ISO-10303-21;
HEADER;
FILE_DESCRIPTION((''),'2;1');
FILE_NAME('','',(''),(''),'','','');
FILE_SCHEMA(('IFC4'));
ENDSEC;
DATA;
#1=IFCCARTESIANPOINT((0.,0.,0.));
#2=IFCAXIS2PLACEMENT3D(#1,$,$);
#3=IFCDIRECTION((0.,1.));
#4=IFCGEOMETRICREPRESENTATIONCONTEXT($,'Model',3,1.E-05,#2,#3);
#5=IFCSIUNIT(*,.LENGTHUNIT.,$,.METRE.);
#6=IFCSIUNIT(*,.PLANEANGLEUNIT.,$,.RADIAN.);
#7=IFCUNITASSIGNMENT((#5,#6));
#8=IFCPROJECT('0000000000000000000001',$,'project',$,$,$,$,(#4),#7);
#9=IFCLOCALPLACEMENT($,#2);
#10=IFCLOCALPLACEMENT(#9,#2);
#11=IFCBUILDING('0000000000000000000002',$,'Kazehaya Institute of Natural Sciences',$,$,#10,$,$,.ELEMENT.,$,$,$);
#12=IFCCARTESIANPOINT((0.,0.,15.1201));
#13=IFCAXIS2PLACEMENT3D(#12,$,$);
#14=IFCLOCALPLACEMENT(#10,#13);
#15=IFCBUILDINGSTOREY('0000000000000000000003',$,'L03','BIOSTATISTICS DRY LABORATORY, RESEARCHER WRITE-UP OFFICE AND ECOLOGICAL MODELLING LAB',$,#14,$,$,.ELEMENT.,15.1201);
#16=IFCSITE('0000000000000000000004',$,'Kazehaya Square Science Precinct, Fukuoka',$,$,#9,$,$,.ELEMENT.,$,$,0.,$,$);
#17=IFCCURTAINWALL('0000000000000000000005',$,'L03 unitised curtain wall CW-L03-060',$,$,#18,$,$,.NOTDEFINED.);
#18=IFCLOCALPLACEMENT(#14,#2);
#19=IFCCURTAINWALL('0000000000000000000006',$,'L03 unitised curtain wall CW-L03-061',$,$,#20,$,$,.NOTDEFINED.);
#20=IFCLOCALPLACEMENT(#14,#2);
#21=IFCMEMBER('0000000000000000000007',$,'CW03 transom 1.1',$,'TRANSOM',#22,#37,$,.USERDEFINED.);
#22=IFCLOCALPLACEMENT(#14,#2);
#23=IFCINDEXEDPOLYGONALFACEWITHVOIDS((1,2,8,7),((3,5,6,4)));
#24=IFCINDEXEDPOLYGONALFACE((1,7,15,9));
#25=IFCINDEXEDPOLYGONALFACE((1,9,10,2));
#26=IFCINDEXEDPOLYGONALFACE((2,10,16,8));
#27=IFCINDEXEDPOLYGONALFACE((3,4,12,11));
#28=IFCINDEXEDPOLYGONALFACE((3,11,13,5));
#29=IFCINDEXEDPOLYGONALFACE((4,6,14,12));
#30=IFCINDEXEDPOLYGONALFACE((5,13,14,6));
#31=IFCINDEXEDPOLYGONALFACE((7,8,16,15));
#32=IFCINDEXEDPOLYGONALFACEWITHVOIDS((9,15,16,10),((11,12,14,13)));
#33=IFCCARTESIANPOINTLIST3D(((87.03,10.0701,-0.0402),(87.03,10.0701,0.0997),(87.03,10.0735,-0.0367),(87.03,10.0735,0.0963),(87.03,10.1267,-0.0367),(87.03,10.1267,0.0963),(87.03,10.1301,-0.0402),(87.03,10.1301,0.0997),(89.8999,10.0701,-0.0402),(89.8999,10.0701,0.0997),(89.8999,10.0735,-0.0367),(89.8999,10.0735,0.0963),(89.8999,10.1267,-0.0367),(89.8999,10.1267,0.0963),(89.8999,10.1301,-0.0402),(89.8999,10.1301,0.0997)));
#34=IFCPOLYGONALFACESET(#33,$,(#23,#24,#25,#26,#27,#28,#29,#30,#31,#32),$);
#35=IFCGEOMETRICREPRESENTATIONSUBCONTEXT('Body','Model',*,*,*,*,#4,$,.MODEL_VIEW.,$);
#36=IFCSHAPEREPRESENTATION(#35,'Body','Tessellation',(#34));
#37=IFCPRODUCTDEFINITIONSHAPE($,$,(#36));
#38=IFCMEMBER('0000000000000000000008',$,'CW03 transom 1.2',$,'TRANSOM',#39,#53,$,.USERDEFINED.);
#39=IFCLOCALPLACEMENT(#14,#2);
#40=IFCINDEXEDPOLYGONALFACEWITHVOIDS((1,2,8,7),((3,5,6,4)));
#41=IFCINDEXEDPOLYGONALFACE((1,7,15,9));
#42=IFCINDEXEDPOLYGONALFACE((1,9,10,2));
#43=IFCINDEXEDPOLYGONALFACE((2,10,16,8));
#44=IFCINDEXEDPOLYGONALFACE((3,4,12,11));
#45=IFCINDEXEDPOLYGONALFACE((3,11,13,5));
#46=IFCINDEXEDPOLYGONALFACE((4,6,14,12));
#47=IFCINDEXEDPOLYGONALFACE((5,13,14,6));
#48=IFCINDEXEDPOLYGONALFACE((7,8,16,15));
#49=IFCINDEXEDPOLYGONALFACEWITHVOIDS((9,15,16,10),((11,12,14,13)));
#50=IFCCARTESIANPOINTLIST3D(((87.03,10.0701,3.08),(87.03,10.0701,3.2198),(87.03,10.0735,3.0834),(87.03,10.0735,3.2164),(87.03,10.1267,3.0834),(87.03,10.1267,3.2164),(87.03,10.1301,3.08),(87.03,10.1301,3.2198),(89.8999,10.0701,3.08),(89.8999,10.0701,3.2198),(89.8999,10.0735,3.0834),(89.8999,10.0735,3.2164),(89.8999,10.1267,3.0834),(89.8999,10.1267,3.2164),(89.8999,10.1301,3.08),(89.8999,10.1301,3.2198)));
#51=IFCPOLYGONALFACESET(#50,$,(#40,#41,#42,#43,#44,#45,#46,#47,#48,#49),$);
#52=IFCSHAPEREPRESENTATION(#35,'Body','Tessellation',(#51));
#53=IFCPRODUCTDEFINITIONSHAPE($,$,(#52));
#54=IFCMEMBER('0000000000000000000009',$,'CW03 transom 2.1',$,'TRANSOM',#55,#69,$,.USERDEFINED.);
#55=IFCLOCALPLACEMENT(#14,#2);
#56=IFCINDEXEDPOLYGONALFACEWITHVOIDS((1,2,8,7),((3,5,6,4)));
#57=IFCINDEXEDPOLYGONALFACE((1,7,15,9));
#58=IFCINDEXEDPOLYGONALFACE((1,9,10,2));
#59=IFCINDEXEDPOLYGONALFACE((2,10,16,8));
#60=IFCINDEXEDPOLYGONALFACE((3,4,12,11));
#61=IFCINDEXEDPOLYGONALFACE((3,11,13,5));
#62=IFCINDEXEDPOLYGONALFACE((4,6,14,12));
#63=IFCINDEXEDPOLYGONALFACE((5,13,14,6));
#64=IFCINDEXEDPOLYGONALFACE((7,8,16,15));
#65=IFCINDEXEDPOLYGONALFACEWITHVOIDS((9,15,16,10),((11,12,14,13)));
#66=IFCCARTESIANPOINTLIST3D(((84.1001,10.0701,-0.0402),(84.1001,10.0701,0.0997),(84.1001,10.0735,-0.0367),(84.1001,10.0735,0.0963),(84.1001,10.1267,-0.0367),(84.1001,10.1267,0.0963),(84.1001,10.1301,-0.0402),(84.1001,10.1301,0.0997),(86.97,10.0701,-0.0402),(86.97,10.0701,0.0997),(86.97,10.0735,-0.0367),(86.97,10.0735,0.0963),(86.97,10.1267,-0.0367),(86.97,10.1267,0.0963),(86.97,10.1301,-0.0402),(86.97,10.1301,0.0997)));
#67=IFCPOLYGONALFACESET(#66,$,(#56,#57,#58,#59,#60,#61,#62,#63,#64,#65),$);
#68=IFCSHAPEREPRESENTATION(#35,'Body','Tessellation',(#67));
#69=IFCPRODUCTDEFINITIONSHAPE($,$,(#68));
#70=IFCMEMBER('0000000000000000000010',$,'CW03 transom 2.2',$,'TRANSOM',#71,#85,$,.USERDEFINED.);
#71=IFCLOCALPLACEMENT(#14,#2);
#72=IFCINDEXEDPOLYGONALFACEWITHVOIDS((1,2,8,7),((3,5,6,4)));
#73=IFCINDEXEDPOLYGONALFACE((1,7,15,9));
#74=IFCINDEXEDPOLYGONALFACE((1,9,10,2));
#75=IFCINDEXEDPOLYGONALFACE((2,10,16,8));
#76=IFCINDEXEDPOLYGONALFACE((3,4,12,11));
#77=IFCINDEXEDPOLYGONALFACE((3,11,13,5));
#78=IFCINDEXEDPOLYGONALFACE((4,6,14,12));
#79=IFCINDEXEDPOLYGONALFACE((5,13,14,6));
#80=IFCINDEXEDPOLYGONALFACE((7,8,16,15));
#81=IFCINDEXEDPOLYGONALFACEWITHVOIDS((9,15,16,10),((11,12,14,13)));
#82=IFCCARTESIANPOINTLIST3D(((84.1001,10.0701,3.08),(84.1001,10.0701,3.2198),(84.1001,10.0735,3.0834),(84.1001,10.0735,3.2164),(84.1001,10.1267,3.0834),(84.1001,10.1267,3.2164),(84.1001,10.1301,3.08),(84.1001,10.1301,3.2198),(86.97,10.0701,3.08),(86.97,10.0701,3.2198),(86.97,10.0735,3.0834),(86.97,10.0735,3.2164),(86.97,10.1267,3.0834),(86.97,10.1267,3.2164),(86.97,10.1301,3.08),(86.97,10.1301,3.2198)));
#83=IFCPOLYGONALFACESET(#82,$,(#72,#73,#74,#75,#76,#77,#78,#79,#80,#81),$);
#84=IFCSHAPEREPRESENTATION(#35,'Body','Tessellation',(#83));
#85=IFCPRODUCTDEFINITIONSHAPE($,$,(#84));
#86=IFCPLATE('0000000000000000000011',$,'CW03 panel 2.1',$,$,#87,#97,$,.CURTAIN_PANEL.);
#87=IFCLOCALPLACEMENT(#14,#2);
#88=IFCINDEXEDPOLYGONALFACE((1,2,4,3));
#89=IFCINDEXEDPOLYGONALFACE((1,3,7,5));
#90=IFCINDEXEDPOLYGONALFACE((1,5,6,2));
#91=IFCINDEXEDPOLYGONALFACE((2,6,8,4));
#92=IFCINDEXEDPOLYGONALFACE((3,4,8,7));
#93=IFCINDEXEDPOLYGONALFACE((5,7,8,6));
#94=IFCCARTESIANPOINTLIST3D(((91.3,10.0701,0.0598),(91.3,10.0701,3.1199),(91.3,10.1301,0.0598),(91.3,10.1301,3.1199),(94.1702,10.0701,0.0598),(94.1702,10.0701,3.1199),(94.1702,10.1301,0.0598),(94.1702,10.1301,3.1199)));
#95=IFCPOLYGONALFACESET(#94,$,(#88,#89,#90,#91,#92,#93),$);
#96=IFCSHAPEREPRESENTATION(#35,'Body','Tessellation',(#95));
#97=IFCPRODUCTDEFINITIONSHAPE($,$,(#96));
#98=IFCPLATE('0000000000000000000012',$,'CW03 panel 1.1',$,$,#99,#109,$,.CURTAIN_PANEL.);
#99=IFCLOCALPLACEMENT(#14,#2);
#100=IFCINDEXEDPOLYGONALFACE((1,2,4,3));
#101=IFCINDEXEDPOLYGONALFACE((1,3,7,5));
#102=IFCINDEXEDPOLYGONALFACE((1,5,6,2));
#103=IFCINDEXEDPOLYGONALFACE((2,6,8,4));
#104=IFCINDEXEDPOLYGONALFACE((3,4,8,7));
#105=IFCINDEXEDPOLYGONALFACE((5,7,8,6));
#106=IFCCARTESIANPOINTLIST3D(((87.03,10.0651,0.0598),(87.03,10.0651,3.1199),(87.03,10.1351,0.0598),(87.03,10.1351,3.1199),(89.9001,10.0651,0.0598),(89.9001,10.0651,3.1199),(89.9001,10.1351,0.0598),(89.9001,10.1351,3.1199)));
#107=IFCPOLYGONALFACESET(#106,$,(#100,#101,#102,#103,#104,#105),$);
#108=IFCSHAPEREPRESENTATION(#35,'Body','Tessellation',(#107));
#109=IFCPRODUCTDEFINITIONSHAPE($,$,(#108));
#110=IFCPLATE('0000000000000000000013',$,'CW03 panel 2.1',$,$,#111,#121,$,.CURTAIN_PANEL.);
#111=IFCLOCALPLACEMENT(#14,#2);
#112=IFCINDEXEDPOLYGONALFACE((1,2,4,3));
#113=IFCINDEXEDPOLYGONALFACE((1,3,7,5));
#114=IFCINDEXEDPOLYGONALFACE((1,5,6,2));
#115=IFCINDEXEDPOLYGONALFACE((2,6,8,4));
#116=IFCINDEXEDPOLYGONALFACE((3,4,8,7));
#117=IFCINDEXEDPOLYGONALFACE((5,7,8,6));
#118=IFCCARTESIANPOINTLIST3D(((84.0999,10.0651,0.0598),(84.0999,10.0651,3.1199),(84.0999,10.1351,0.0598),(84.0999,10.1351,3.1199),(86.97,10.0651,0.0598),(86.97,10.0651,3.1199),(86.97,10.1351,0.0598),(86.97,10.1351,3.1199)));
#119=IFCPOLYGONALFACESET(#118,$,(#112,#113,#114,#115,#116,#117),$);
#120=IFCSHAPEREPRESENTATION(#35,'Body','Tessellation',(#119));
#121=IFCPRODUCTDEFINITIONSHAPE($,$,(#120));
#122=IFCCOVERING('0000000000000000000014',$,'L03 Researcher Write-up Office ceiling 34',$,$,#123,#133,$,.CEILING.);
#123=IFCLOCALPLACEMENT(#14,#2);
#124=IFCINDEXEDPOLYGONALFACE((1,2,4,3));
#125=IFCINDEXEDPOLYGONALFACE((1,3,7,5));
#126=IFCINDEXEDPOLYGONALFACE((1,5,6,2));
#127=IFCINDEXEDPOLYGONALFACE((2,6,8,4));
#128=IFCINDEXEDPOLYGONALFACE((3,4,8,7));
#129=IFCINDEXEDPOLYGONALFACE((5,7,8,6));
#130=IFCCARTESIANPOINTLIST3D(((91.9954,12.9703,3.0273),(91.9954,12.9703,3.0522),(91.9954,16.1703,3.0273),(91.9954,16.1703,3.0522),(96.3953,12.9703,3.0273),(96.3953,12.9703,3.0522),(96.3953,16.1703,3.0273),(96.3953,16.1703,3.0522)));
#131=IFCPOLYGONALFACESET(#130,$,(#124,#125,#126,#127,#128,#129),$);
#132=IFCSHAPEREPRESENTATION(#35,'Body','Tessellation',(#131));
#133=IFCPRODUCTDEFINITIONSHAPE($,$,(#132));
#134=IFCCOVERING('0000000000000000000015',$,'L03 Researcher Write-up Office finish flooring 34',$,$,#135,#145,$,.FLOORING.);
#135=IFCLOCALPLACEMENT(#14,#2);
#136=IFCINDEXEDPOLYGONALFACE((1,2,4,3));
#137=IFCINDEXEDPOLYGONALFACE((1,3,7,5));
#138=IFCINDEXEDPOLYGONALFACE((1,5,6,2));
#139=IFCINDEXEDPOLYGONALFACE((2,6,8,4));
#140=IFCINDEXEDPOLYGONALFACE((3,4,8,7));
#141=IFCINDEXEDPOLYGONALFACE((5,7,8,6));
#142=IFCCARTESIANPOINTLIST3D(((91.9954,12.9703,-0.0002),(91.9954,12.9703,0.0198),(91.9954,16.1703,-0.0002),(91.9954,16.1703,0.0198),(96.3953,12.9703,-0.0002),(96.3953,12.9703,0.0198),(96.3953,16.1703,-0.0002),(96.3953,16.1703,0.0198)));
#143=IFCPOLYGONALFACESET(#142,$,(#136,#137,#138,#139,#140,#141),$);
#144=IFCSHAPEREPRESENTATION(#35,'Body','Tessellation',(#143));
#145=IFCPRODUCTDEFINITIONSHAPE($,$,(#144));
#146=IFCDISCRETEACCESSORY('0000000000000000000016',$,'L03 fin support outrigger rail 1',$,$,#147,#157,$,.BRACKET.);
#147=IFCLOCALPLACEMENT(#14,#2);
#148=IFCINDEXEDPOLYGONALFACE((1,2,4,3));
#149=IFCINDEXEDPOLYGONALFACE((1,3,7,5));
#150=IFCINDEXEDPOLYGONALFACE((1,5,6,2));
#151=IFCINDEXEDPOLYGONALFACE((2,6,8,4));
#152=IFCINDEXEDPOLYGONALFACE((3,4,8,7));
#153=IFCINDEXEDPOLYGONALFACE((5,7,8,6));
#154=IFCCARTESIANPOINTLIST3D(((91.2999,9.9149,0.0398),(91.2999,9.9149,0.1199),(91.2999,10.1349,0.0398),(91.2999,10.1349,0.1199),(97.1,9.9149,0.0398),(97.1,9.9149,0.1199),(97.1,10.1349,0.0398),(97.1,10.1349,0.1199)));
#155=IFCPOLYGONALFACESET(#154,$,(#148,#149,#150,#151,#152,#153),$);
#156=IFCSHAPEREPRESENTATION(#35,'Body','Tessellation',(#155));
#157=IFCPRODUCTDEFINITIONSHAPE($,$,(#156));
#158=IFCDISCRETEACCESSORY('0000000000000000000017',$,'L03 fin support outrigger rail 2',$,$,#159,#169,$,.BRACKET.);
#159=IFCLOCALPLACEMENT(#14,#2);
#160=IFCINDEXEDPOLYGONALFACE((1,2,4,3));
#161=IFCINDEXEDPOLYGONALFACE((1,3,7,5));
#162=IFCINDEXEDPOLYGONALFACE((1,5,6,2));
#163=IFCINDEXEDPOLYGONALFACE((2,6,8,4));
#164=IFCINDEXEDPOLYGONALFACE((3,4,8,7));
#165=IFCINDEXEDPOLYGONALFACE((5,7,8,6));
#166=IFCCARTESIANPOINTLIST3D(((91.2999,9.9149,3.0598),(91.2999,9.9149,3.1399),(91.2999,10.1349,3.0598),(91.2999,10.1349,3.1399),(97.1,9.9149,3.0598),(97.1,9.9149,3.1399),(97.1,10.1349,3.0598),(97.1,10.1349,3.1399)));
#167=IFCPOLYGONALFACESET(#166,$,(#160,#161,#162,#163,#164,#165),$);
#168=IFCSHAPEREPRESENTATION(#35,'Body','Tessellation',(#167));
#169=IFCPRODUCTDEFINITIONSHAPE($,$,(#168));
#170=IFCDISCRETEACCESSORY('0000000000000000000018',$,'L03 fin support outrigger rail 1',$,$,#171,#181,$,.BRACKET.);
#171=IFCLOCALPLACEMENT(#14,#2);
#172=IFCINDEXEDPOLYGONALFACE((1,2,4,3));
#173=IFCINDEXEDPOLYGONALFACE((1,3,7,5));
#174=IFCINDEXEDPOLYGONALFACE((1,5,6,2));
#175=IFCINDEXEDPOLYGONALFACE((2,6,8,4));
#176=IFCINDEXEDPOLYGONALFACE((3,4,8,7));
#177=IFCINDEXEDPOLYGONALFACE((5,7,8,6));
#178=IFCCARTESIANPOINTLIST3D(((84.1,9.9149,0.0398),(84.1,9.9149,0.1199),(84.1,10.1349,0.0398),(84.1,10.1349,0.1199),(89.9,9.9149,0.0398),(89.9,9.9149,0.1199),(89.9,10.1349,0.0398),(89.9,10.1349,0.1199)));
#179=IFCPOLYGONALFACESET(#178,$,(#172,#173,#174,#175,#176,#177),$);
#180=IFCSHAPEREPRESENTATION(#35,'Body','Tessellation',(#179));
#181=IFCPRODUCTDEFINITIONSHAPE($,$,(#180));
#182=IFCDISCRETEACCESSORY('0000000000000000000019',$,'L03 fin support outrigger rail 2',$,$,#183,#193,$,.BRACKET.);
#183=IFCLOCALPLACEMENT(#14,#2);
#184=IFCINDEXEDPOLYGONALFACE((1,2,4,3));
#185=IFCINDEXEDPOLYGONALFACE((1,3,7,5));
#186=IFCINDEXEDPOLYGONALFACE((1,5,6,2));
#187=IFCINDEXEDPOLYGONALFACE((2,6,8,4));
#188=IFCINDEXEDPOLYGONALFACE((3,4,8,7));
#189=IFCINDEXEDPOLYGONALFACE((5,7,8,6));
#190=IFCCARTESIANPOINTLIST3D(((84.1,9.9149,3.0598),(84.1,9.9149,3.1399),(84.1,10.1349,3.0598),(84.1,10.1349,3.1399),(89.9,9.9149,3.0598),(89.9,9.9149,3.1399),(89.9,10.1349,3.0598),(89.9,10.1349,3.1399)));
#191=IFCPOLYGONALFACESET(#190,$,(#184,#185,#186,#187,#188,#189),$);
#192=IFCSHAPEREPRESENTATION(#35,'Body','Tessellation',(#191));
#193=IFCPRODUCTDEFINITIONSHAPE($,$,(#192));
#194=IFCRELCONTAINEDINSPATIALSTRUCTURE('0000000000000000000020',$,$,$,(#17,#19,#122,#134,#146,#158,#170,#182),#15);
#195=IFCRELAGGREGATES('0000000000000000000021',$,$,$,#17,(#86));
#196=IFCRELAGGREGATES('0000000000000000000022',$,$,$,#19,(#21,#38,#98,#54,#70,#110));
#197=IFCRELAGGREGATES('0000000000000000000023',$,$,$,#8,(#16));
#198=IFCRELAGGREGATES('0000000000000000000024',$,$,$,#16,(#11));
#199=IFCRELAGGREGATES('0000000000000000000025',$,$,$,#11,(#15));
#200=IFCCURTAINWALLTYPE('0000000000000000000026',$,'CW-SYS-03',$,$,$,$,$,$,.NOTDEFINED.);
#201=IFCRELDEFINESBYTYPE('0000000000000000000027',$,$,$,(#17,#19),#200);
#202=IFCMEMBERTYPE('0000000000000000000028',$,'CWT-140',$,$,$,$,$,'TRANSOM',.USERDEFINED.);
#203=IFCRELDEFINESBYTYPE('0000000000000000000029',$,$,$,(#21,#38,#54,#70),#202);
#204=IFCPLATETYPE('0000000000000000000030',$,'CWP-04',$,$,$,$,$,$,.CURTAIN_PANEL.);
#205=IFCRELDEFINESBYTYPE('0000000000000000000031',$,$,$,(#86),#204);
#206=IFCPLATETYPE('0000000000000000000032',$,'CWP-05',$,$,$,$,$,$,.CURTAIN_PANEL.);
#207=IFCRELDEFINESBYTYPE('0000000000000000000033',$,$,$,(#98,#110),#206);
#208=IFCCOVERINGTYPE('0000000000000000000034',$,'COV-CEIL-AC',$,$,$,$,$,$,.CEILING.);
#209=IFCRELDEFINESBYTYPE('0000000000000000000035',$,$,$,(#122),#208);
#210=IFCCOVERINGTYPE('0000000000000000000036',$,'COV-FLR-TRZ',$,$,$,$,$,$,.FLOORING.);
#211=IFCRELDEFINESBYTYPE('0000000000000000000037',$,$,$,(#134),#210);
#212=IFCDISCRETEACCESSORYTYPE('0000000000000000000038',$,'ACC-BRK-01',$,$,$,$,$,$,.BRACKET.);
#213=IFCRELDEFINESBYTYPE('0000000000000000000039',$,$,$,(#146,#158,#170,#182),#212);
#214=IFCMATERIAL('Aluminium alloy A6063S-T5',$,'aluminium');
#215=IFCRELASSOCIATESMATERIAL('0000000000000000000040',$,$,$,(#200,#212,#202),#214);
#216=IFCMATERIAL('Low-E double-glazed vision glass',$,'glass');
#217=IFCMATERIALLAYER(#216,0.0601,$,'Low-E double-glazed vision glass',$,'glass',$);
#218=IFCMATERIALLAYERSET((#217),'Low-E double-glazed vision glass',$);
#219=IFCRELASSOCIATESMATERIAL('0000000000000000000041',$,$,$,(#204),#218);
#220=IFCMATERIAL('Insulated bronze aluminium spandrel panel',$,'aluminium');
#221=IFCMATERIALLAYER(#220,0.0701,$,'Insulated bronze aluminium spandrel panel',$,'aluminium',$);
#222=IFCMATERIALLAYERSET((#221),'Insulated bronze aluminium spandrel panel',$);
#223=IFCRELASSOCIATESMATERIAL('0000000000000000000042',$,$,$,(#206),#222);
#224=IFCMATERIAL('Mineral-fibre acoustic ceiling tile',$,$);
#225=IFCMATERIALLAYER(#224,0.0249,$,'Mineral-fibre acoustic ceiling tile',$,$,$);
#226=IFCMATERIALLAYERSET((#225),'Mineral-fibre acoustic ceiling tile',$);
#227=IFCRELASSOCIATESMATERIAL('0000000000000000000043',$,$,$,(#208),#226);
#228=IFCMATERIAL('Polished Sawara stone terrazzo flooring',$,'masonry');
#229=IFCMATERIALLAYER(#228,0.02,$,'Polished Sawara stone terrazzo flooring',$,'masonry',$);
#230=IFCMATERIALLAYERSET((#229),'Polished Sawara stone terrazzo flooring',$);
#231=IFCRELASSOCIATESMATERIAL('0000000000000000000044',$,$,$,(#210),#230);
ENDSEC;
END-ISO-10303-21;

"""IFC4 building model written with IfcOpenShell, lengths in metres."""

from ifc_helpers import new_model, si_unit, direction, frame, origin, origin_2d, place, context, subcontext, project, spatial, rectangle, hollow_rectangle, extrude, material, layer, layer_set, material_profile, profile_set, type_object, element, aggregate, save


model = new_model("IFC4")

# Units and contexts
model_context = context("Model", 3, precision=1e-05, world=origin(), true_north=direction((0.0, 1.0)))
body_context = subcontext(model_context, "Body", "Model", "MODEL_VIEW")
ifc_project = project(units=[si_unit("LENGTHUNIT", "METRE"), si_unit("PLANEANGLEUNIT", "RADIAN")], contexts=[model_context])

# Site, building, storey
site_placement = place(None, origin())
site = spatial("IfcSite", under=ifc_project, at=site_placement, Name="Kazehaya Square Science Precinct, Fukuoka", CompositionType="ELEMENT", RefElevation=0.0)
building_placement = place(site_placement, origin())
building = spatial("IfcBuilding", under=site, at=building_placement, Name="Kazehaya Institute of Natural Sciences", CompositionType="ELEMENT")
storey_placement = place(building_placement, frame((0.0, 0.0, 15.1201)))
storey = spatial("IfcBuildingStorey", under=building, at=storey_placement, Name="L03", Description="BIOSTATISTICS DRY LABORATORY, RESEARCHER WRITE-UP OFFICE AND ECOLOGICAL MODELLING LAB", CompositionType="ELEMENT", Elevation=15.1201)

# Curtain walls
ifc_material_1 = material(Name="Aluminium alloy A6063S-T5", Category="aluminium")
curtain_wall_type = type_object("IfcCurtainWallType", Name="CW-SYS-03", PredefinedType="NOTDEFINED", material=ifc_material_1)
curtain_wall_1_placement = place(storey_placement, origin())
curtain_wall_1 = element("IfcCurtainWall", 1, at=curtain_wall_1_placement, inside=storey, type_object=curtain_wall_type, Name="L03 unitised curtain wall CW-L03-060", PredefinedType="NOTDEFINED")
curtain_wall_2_placement = place(storey_placement, origin())
curtain_wall_2 = element("IfcCurtainWall", 2, at=curtain_wall_2_placement, inside=storey, type_object=curtain_wall_type, Name="L03 unitised curtain wall CW-L03-061", PredefinedType="NOTDEFINED")

# Members
ifc_material_profile_1 = material_profile(ifc_material_1, hollow_rectangle(XDim=0.0601, YDim=0.1399, WallThickness=0.0034, at=origin_2d()), Name="ALU-60x140x3.5")
ifc_profile_set_1 = profile_set([ifc_material_profile_1], Name="Aluminium alloy A6063S-T5")
member_type_1 = type_object("IfcMemberType", Name="CWT-140", ElementType="TRANSOM", PredefinedType="USERDEFINED", material=ifc_profile_set_1)
member_1_placement = place(storey_placement, frame((89.8999, 10.1001, 0.0298), z_axis=(-1.0, 0.0, 0.0), x_axis=(0.0, -1.0, 0.0)))
member_1 = element("IfcMember", 3, at=member_1_placement, type_object=member_type_1, Name="CW03 transom 1.1", ObjectType="TRANSOM", PredefinedType="USERDEFINED", context=body_context, shape_type="SweptSolid", body=[
    extrude(hollow_rectangle(XDim=0.0601, YDim=0.1399, WallThickness=0.0034, at=origin_2d()), origin(), (0.0, 0.0, 1.0), 2.8699),
])
member_2_placement = place(storey_placement, frame((89.8999, 10.1001, 3.1499), z_axis=(-1.0, 0.0, 0.0), x_axis=(0.0, -1.0, 0.0)))
member_2 = element("IfcMember", 4, at=member_2_placement, type_object=member_type_1, Name="CW03 transom 1.2", ObjectType="TRANSOM", PredefinedType="USERDEFINED", context=body_context, shape_type="SweptSolid", body=[
    extrude(hollow_rectangle(XDim=0.0601, YDim=0.1399, WallThickness=0.0034, at=origin_2d()), origin(), (0.0, 0.0, 1.0), 2.8699),
])
member_3_placement = place(storey_placement, frame((86.97, 10.1001, 0.0298), z_axis=(-1.0, 0.0, 0.0), x_axis=(0.0, -1.0, 0.0)))
member_3 = element("IfcMember", 5, at=member_3_placement, type_object=member_type_1, Name="CW03 transom 2.1", ObjectType="TRANSOM", PredefinedType="USERDEFINED", context=body_context, shape_type="SweptSolid", body=[
    extrude(hollow_rectangle(XDim=0.0601, YDim=0.1399, WallThickness=0.0034, at=origin_2d()), origin(), (0.0, 0.0, 1.0), 2.8699),
])
member_4_placement = place(storey_placement, frame((86.97, 10.1001, 3.1499), z_axis=(-1.0, 0.0, 0.0), x_axis=(0.0, -1.0, 0.0)))
member_4 = element("IfcMember", 6, at=member_4_placement, type_object=member_type_1, Name="CW03 transom 2.2", ObjectType="TRANSOM", PredefinedType="USERDEFINED", context=body_context, shape_type="SweptSolid", body=[
    extrude(hollow_rectangle(XDim=0.0601, YDim=0.1399, WallThickness=0.0034, at=origin_2d()), origin(), (0.0, 0.0, 1.0), 2.8699),
])

# Plates
ifc_material_2 = material(Name="Low-E double-glazed vision glass", Category="glass")
ifc_layer_1 = layer(ifc_material_2, 0.0601, Name="Low-E double-glazed vision glass", Category="glass")
ifc_layer_set_1 = layer_set([ifc_layer_1], Name="Low-E double-glazed vision glass")
plate_type_1 = type_object("IfcPlateType", Name="CWP-04", PredefinedType="CURTAIN_PANEL", material=ifc_layer_set_1)
plate_1_placement = place(storey_placement, frame((92.7351, 10.1001, 0.0598), z_axis=(0.0, 0.0, 1.0), x_axis=(-1.0, 0.0, 0.0)))
plate_1 = element("IfcPlate", 7, at=plate_1_placement, type_object=plate_type_1, Name="CW03 panel 2.1", PredefinedType="CURTAIN_PANEL", context=body_context, shape_type="SweptSolid", body=[
    extrude(rectangle(XDim=2.8701, YDim=0.0601, at=origin_2d()), origin(), (0.0, 0.0, 1.0), 3.0601),
])
aggregate(curtain_wall_1, [plate_1])
ifc_material_3 = material(Name="Insulated bronze aluminium spandrel panel", Category="aluminium")
ifc_layer_2 = layer(ifc_material_3, 0.0701, Name="Insulated bronze aluminium spandrel panel", Category="aluminium")
ifc_layer_set_2 = layer_set([ifc_layer_2], Name="Insulated bronze aluminium spandrel panel")
plate_type_2 = type_object("IfcPlateType", Name="CWP-05", PredefinedType="CURTAIN_PANEL", material=ifc_layer_set_2)
plate_2_placement = place(storey_placement, frame((88.4651, 10.1001, 0.0598), z_axis=(0.0, 0.0, 1.0), x_axis=(-1.0, 0.0, 0.0)))
plate_2 = element("IfcPlate", 8, at=plate_2_placement, type_object=plate_type_2, Name="CW03 panel 1.1", PredefinedType="CURTAIN_PANEL", context=body_context, shape_type="SweptSolid", body=[
    extrude(rectangle(XDim=2.8701, YDim=0.0701, at=origin_2d()), origin(), (0.0, 0.0, 1.0), 3.0601),
])
plate_3_placement = place(storey_placement, frame((85.5349, 10.1001, 0.0598), z_axis=(0.0, 0.0, 1.0), x_axis=(-1.0, 0.0, 0.0)))
plate_3 = element("IfcPlate", 9, at=plate_3_placement, type_object=plate_type_2, Name="CW03 panel 2.1", PredefinedType="CURTAIN_PANEL", context=body_context, shape_type="SweptSolid", body=[
    extrude(rectangle(XDim=2.8701, YDim=0.0701, at=origin_2d()), origin(), (0.0, 0.0, 1.0), 3.0601),
])
aggregate(curtain_wall_2, [member_1, member_2, plate_2, member_3, member_4, plate_3])

# Coverings
ifc_material_4 = material(Name="Mineral-fibre acoustic ceiling tile")
ifc_layer_3 = layer(ifc_material_4, 0.0249, Name="Mineral-fibre acoustic ceiling tile")
ifc_layer_set_3 = layer_set([ifc_layer_3], Name="Mineral-fibre acoustic ceiling tile")
covering_type_1 = type_object("IfcCoveringType", Name="COV-CEIL-AC", PredefinedType="CEILING", material=ifc_layer_set_3)
covering_1_placement = place(storey_placement, frame((94.1953, 14.5703, 3.0273), z_axis=(0.0, 0.0, 1.0), x_axis=(1.0, 0.0, 0.0)))
element("IfcCovering", 10, at=covering_1_placement, inside=storey, type_object=covering_type_1, Name="L03 Researcher Write-up Office ceiling 34", PredefinedType="CEILING", context=body_context, shape_type="SweptSolid", body=[
    extrude(rectangle(XDim=4.3999, YDim=3.2, at=origin_2d()), origin(), (0.0, 0.0, 1.0), 0.0249),
])
ifc_material_5 = material(Name="Polished Sawara stone terrazzo flooring", Category="masonry")
ifc_layer_4 = layer(ifc_material_5, 0.02, Name="Polished Sawara stone terrazzo flooring", Category="masonry")
ifc_layer_set_4 = layer_set([ifc_layer_4], Name="Polished Sawara stone terrazzo flooring")
covering_type_2 = type_object("IfcCoveringType", Name="COV-FLR-TRZ", PredefinedType="FLOORING", material=ifc_layer_set_4)
covering_2_placement = place(storey_placement, frame((94.1953, 14.5703, -0.0002), z_axis=(0.0, 0.0, 1.0), x_axis=(1.0, 0.0, 0.0)))
element("IfcCovering", 11, at=covering_2_placement, inside=storey, type_object=covering_type_2, Name="L03 Researcher Write-up Office finish flooring 34", PredefinedType="FLOORING", context=body_context, shape_type="SweptSolid", body=[
    extrude(rectangle(XDim=4.3999, YDim=3.2, at=origin_2d()), origin(), (0.0, 0.0, 1.0), 0.02),
])

# Discrete accessories
discrete_accessory_type_1 = type_object("IfcDiscreteAccessoryType", Name="ACC-BRK-01", PredefinedType="BRACKET", material=ifc_material_1)
for number, where, z_axis, x_axis, name in (
    (12, (94.2, 10.0249, 0.0398), (0.0, 0.0, 1.0), (-1.0, 0.0, 0.0), "L03 fin support outrigger rail 1"),
    (13, (94.2, 10.0249, 3.0598), (0.0, 0.0, 1.0), (-1.0, 0.0, 0.0), "L03 fin support outrigger rail 2"),
    (14, (87.0, 10.0249, 0.0398), (0.0, 0.0, 1.0), (-1.0, 0.0, 0.0), "L03 fin support outrigger rail 1"),
    (15, (87.0, 10.0249, 3.0598), (0.0, 0.0, 1.0), (-1.0, 0.0, 0.0), "L03 fin support outrigger rail 2"),
):
    element("IfcDiscreteAccessory", number, at=place(storey_placement, frame(where, z_axis=z_axis, x_axis=x_axis)), inside=storey, type_object=discrete_accessory_type_1, Name=name, PredefinedType="BRACKET", context=body_context, shape_type="SweptSolid", body=[
        extrude(rectangle(XDim=5.8, YDim=0.22, at=origin_2d()), origin(), (0.0, 0.0, 1.0), 0.0801),
    ])

save(model, "model.ifc")
